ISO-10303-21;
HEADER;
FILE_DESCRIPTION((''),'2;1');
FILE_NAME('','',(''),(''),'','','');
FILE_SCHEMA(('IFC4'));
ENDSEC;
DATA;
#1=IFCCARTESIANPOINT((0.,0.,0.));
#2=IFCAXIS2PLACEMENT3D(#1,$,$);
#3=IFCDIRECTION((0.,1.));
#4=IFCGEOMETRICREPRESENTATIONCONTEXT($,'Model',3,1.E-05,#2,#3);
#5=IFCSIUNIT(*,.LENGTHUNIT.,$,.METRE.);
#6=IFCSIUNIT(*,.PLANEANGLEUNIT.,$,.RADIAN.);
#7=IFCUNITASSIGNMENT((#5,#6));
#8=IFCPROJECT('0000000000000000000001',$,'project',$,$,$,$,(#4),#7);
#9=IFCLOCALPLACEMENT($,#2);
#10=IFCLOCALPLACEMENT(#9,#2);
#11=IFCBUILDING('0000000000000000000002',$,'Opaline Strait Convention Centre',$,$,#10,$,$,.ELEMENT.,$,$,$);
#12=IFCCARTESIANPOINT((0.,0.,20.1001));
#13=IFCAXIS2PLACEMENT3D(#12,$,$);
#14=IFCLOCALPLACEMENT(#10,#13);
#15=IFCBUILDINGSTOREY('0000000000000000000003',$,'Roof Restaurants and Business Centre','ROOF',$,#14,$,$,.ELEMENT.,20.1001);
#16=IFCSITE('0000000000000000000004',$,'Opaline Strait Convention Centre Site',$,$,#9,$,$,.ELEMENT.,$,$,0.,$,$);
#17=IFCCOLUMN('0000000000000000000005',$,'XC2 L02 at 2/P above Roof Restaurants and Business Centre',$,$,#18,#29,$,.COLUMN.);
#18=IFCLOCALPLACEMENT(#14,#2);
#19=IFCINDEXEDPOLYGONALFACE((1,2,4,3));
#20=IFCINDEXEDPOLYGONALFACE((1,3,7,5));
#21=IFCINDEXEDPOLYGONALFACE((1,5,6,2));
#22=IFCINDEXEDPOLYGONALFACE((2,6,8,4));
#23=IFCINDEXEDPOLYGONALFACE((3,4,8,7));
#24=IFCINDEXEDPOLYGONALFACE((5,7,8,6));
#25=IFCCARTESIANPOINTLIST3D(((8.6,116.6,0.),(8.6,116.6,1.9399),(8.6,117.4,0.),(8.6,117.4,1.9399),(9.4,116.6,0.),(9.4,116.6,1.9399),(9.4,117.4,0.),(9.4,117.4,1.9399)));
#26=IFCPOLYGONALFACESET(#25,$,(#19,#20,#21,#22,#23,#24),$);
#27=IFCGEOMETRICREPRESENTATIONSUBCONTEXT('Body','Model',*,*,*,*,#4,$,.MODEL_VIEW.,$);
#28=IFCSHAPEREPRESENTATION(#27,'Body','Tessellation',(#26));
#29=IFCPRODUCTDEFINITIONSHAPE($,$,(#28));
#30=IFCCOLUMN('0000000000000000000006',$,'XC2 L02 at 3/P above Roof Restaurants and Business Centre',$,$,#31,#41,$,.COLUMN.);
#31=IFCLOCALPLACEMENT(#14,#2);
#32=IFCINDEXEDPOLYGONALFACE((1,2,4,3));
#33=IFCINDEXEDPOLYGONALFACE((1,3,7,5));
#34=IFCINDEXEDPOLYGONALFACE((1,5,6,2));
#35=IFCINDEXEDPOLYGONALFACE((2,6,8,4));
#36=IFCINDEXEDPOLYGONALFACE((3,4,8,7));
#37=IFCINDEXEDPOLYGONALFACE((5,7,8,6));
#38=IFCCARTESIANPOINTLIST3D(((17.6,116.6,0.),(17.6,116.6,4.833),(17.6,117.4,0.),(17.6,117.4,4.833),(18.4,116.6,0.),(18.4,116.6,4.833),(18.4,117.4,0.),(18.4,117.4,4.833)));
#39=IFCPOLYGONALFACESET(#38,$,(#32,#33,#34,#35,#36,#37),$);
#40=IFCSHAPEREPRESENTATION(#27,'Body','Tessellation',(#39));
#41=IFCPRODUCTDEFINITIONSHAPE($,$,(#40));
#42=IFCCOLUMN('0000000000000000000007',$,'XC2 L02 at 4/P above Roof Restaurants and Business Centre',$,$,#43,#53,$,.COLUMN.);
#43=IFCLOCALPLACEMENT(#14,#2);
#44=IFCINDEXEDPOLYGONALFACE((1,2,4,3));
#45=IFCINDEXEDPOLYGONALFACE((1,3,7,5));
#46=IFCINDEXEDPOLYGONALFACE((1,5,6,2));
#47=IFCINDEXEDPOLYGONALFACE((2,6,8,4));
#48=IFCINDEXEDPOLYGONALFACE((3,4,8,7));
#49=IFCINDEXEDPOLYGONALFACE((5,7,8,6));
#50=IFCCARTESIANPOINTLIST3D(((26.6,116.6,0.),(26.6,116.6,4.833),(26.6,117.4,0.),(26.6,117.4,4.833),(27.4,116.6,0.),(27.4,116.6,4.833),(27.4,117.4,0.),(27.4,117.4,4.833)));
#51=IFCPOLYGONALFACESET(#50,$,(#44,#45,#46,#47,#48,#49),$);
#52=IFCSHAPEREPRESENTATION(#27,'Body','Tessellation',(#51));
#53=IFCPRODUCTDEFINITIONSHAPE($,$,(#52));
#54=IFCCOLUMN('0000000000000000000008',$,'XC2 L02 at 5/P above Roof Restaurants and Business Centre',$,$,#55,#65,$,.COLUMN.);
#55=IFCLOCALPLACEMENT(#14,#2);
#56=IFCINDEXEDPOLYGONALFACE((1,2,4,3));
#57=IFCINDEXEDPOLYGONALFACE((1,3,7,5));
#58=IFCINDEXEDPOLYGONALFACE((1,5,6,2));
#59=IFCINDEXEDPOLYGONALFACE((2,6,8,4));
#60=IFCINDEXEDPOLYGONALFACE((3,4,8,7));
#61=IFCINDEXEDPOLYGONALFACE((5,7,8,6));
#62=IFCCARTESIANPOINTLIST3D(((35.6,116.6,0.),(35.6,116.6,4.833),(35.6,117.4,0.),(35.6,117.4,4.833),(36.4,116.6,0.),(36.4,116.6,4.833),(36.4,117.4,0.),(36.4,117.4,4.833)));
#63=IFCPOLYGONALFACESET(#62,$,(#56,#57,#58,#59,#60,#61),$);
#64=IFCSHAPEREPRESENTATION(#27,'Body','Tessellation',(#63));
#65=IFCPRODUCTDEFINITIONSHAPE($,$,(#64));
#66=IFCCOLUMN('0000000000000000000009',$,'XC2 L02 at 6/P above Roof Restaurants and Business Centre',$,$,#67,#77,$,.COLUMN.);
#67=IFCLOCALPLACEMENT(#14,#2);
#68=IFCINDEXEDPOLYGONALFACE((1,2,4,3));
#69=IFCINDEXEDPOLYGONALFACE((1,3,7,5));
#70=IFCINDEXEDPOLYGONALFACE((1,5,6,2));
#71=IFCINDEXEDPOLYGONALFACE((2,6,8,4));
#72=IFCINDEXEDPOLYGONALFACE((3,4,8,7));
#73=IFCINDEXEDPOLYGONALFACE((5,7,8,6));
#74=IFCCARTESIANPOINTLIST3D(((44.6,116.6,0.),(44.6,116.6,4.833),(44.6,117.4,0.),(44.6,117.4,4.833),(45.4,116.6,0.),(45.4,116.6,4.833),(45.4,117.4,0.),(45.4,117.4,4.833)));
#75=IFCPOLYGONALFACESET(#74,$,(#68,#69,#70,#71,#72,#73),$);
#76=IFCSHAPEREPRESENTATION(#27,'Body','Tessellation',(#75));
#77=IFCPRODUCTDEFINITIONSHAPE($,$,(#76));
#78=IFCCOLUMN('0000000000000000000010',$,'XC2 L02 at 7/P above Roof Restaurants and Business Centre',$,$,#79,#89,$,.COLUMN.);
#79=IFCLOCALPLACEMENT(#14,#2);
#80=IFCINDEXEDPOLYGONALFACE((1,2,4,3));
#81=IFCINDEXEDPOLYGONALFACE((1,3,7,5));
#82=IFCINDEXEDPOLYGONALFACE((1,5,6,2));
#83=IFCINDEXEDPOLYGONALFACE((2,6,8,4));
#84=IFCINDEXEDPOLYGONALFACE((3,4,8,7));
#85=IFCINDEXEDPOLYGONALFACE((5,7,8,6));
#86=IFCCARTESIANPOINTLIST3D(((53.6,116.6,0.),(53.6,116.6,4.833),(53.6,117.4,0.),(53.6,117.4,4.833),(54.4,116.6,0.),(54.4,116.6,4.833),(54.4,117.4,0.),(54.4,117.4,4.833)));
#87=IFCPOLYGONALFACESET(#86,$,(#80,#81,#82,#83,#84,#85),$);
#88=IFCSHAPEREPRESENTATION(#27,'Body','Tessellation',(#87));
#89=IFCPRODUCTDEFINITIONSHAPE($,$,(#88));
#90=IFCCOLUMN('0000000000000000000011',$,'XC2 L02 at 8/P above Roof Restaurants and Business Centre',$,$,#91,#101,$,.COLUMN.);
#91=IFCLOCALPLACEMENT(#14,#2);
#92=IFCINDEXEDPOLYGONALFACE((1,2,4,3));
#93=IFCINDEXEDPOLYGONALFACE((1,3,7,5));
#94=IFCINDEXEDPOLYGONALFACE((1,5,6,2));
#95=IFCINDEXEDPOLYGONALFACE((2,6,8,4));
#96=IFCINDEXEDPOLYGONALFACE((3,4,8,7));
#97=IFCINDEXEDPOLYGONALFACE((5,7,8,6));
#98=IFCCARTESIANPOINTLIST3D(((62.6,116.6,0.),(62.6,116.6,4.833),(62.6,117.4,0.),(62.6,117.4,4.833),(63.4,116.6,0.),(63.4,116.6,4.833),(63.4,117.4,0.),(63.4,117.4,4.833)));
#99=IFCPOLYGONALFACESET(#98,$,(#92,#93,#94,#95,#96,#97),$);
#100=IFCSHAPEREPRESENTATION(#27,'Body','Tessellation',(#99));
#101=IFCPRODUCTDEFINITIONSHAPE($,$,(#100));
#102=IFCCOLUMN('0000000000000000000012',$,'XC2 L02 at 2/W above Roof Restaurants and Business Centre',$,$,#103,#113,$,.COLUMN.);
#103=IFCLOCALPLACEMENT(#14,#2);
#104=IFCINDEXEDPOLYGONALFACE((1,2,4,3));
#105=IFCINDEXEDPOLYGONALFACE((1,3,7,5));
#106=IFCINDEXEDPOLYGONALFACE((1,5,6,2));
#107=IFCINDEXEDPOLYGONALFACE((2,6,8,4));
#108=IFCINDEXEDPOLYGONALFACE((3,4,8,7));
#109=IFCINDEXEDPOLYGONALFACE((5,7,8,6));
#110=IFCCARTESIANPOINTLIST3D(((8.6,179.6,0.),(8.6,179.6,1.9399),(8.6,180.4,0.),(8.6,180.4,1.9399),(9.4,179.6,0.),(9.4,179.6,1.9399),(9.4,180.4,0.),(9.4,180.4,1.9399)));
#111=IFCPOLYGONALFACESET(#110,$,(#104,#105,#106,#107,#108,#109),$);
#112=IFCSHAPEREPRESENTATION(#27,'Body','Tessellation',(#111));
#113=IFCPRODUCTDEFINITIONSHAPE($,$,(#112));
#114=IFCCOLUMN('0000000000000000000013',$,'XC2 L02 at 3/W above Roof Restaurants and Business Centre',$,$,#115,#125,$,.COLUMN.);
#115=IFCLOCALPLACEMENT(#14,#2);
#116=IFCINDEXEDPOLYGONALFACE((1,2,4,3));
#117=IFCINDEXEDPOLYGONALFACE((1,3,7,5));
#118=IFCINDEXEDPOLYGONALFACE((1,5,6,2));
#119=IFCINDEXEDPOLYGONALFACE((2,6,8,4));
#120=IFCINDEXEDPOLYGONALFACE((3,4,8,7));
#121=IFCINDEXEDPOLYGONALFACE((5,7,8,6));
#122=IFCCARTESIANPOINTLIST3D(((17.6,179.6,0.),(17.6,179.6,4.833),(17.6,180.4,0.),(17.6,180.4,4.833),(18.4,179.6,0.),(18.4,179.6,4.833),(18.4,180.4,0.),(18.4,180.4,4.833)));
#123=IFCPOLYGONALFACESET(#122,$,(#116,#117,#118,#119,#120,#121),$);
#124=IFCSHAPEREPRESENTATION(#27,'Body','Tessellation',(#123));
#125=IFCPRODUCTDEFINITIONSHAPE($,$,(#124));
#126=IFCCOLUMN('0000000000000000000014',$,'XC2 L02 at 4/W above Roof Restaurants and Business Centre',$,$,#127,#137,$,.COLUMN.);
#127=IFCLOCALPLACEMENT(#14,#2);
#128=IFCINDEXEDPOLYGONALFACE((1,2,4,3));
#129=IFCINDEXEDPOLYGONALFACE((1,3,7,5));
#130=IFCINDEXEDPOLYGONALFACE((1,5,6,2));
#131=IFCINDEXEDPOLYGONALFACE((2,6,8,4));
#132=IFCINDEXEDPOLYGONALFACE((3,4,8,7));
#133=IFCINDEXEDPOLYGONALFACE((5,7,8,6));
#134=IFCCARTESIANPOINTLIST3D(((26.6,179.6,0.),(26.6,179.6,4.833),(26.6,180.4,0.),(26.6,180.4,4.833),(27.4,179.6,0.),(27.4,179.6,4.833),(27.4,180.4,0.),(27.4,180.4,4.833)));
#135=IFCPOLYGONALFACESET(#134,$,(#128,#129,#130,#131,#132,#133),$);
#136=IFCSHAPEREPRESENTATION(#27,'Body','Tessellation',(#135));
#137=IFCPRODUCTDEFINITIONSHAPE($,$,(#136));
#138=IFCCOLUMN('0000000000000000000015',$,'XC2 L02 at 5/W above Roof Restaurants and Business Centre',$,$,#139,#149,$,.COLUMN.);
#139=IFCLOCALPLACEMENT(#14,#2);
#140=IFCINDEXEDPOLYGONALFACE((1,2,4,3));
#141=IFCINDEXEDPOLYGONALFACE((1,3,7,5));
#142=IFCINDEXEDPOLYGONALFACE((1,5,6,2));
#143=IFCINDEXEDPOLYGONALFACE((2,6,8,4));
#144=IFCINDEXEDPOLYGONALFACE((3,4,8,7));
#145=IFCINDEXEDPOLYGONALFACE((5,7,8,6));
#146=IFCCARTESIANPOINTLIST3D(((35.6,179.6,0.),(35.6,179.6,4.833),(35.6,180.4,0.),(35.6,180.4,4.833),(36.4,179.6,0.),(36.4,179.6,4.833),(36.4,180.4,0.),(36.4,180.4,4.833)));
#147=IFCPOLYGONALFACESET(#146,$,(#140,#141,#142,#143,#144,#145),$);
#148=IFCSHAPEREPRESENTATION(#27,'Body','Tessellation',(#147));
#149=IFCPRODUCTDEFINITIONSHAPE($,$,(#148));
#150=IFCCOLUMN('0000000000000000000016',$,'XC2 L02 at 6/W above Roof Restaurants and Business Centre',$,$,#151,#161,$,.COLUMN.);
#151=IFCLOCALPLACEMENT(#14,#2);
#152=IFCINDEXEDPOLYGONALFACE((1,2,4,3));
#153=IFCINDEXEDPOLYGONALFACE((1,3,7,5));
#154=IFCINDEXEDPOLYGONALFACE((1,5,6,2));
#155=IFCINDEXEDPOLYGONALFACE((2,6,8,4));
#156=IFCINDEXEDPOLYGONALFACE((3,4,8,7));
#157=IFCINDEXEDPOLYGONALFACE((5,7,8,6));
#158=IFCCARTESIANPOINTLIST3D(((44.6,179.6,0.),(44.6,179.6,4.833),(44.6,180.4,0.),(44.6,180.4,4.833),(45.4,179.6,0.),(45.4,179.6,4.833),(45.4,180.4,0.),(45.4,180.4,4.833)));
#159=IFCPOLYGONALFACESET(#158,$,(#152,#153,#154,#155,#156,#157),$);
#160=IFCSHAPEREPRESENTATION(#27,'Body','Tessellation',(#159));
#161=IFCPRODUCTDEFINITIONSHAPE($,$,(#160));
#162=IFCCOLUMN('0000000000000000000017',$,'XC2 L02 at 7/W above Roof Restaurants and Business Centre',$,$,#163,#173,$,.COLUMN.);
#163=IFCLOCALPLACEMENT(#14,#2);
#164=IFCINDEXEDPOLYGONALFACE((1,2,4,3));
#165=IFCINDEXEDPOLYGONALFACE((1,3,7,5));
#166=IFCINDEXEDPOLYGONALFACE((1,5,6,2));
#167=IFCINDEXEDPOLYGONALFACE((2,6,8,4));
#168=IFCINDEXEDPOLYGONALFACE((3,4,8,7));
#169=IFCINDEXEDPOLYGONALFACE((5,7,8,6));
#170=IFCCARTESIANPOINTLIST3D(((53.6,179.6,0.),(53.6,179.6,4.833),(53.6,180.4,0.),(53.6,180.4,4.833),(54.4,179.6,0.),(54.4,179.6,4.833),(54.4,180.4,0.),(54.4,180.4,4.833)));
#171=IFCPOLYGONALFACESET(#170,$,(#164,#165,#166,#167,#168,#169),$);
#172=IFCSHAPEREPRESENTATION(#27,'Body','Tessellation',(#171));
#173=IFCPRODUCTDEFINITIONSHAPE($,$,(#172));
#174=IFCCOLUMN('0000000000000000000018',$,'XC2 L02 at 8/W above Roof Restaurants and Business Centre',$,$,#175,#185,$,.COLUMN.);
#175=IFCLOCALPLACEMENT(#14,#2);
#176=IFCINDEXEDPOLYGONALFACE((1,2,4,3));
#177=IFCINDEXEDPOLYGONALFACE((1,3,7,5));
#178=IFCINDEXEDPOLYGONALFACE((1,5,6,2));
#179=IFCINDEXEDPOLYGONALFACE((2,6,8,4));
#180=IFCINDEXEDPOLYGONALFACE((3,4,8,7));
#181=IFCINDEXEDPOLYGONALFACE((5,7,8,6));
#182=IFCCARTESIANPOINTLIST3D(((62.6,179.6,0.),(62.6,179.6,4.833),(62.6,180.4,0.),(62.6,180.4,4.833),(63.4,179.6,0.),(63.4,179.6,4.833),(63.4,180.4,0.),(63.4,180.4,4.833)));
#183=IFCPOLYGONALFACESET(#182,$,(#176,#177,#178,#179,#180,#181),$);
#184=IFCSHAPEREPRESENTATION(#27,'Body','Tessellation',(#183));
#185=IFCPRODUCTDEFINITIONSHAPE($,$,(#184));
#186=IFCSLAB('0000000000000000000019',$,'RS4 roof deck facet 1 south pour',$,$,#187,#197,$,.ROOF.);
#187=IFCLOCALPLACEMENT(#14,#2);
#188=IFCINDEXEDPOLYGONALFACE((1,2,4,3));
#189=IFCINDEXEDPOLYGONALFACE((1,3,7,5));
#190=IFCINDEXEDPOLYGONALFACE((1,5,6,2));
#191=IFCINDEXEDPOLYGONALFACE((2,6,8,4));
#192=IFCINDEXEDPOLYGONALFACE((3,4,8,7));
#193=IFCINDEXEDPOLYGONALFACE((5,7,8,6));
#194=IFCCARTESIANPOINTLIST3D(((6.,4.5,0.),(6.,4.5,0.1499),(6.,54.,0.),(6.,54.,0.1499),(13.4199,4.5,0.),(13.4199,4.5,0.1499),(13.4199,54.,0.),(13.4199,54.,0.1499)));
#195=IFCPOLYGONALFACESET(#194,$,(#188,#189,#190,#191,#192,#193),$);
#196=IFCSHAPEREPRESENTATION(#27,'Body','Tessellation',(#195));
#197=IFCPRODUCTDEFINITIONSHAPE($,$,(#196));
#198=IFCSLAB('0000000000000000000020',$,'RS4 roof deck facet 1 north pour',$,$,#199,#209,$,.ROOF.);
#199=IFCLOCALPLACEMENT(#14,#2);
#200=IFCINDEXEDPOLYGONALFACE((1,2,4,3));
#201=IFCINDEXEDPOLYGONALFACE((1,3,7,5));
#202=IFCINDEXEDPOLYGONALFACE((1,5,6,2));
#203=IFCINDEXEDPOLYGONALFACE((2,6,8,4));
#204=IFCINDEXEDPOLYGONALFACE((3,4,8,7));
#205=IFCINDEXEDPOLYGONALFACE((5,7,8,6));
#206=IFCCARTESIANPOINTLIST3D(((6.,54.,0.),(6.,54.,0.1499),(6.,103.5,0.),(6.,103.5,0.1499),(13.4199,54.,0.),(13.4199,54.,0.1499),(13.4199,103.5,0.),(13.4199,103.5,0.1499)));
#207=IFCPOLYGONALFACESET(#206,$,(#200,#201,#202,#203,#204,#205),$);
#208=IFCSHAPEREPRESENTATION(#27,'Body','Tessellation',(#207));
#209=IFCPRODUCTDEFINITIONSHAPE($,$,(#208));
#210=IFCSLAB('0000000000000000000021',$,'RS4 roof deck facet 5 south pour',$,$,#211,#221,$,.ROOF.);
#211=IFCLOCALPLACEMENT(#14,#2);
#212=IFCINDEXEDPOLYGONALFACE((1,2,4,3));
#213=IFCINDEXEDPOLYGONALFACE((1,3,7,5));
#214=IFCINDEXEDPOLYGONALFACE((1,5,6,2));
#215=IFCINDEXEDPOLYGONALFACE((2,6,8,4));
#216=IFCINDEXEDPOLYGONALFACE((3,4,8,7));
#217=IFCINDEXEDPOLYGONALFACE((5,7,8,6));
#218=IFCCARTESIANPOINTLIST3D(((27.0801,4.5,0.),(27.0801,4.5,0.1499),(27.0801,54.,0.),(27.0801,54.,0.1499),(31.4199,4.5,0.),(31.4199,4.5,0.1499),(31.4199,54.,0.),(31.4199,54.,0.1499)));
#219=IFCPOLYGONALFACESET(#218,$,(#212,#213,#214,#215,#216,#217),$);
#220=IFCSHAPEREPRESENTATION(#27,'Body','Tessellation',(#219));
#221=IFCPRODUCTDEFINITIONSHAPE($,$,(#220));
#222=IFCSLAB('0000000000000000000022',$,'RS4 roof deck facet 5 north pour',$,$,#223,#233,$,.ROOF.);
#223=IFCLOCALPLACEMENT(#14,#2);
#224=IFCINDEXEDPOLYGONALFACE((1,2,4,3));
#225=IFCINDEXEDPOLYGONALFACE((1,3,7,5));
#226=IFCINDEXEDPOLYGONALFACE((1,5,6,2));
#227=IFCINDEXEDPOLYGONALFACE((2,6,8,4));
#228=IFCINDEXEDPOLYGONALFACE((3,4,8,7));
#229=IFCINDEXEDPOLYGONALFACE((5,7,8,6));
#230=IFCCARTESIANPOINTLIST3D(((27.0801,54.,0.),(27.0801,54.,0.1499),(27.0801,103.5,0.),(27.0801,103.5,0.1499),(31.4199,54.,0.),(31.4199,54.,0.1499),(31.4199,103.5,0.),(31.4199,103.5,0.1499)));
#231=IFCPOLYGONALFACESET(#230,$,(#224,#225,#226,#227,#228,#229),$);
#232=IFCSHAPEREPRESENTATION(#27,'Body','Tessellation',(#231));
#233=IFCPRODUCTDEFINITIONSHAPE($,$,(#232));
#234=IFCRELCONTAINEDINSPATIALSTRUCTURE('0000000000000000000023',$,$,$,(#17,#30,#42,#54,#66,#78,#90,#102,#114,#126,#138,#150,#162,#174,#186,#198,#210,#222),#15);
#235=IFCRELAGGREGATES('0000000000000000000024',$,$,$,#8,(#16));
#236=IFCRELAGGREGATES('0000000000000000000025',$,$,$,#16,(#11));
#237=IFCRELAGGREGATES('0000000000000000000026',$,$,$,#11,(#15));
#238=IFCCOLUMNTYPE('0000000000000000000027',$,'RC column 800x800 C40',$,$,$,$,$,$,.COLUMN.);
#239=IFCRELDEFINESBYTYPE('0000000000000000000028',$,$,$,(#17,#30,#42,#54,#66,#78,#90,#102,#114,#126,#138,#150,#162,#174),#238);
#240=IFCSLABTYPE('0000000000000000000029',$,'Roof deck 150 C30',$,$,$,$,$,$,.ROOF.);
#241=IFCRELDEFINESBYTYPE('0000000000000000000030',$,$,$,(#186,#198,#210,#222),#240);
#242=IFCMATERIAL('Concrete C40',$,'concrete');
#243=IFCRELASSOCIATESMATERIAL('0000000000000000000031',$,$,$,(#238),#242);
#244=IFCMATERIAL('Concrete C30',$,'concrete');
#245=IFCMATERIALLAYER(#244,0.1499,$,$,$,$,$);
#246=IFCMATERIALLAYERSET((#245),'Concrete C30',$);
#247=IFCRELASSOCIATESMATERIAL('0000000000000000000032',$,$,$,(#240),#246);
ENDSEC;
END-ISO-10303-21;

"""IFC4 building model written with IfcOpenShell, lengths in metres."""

from ifc_helpers import new_model, si_unit, direction, frame, origin, origin_2d, place, context, subcontext, project, spatial, polyline, rectangle, outline, extrude, material, layer, layer_set, material_profile, profile_set, type_object, element, save


model = new_model("IFC4")

# Units and contexts
model_context = context("Model", 3, precision=1e-05, world=origin(), true_north=direction((0.0, 1.0)))
body_context = subcontext(model_context, "Body", "Model", "MODEL_VIEW")
ifc_project = project(units=[si_unit("LENGTHUNIT", "METRE"), si_unit("PLANEANGLEUNIT", "RADIAN")], contexts=[model_context])

# Site, building, storey
site_placement = place(None, origin())
site = spatial("IfcSite", under=ifc_project, at=site_placement, Name="Opaline Strait Convention Centre Site", CompositionType="ELEMENT", RefElevation=0.0)
building_placement = place(site_placement, origin())
building = spatial("IfcBuilding", under=site, at=building_placement, Name="Opaline Strait Convention Centre", CompositionType="ELEMENT")
storey_placement = place(building_placement, frame((0.0, 0.0, 20.1001)))
storey = spatial("IfcBuildingStorey", under=building, at=storey_placement, Name="Roof Restaurants and Business Centre", Description="ROOF", CompositionType="ELEMENT", Elevation=20.1001)

# Columns
ifc_material_1 = material(Name="Concrete C40", Category="concrete")
ifc_material_profile = material_profile(ifc_material_1, rectangle(XDim=0.8, YDim=0.8, at=origin_2d()), Name="RC 800x800")
ifc_profile_set = profile_set([ifc_material_profile], Name="Concrete C40")
column_type = type_object("IfcColumnType", Name="RC column 800x800 C40", PredefinedType="COLUMN", material=ifc_profile_set)
column_1_placement = place(storey_placement, frame((9.0, 117.0, 0.0), z_axis=(0.0, 0.0, 1.0), x_axis=(1.0, 0.0, 0.0)))
element("IfcColumn", 1, at=column_1_placement, inside=storey, type_object=column_type, Name="XC2 L02 at 2/P above Roof Restaurants and Business Centre", PredefinedType="COLUMN", context=body_context, shape_type="SweptSolid", body=[
    extrude(rectangle(XDim=0.8, YDim=0.8, at=origin_2d()), origin(), (0.0, 0.0, 1.0), 1.9399),
])
for number, where, z_axis, x_axis, name in (
    (2, (18.0, 117.0, 0.0), (0.0, 0.0, 1.0), (1.0, 0.0, 0.0), "XC2 L02 at 3/P above Roof Restaurants and Business Centre"),
    (3, (27.0, 117.0, 0.0), (0.0, 0.0, 1.0), (1.0, 0.0, 0.0), "XC2 L02 at 4/P above Roof Restaurants and Business Centre"),
    (4, (36.0, 117.0, 0.0), (0.0, 0.0, 1.0), (1.0, 0.0, 0.0), "XC2 L02 at 5/P above Roof Restaurants and Business Centre"),
    (5, (45.0, 117.0, 0.0), (0.0, 0.0, 1.0), (1.0, 0.0, 0.0), "XC2 L02 at 6/P above Roof Restaurants and Business Centre"),
    (6, (54.0, 117.0, 0.0), (0.0, 0.0, 1.0), (1.0, 0.0, 0.0), "XC2 L02 at 7/P above Roof Restaurants and Business Centre"),
    (7, (63.0, 117.0, 0.0), (0.0, 0.0, 1.0), (1.0, 0.0, 0.0), "XC2 L02 at 8/P above Roof Restaurants and Business Centre"),
):
    element("IfcColumn", number, at=place(storey_placement, frame(where, z_axis=z_axis, x_axis=x_axis)), inside=storey, type_object=column_type, Name=name, PredefinedType="COLUMN", context=body_context, shape_type="SweptSolid", body=[
        extrude(rectangle(XDim=0.8, YDim=0.8, at=origin_2d()), origin(), (0.0, 0.0, 1.0), 4.833),
    ])
column_2_placement = place(storey_placement, frame((9.0, 180.0, 0.0), z_axis=(0.0, 0.0, 1.0), x_axis=(1.0, 0.0, 0.0)))
element("IfcColumn", 8, at=column_2_placement, inside=storey, type_object=column_type, Name="XC2 L02 at 2/W above Roof Restaurants and Business Centre", PredefinedType="COLUMN", context=body_context, shape_type="SweptSolid", body=[
    extrude(rectangle(XDim=0.8, YDim=0.8, at=origin_2d()), origin(), (0.0, 0.0, 1.0), 1.9399),
])
for number, where, z_axis, x_axis, name in (
    (9, (18.0, 180.0, 0.0), (0.0, 0.0, 1.0), (1.0, 0.0, 0.0), "XC2 L02 at 3/W above Roof Restaurants and Business Centre"),
    (10, (27.0, 180.0, 0.0), (0.0, 0.0, 1.0), (1.0, 0.0, 0.0), "XC2 L02 at 4/W above Roof Restaurants and Business Centre"),
    (11, (36.0, 180.0, 0.0), (0.0, 0.0, 1.0), (1.0, 0.0, 0.0), "XC2 L02 at 5/W above Roof Restaurants and Business Centre"),
    (12, (45.0, 180.0, 0.0), (0.0, 0.0, 1.0), (1.0, 0.0, 0.0), "XC2 L02 at 6/W above Roof Restaurants and Business Centre"),
    (13, (54.0, 180.0, 0.0), (0.0, 0.0, 1.0), (1.0, 0.0, 0.0), "XC2 L02 at 7/W above Roof Restaurants and Business Centre"),
    (14, (63.0, 180.0, 0.0), (0.0, 0.0, 1.0), (1.0, 0.0, 0.0), "XC2 L02 at 8/W above Roof Restaurants and Business Centre"),
):
    element("IfcColumn", number, at=place(storey_placement, frame(where, z_axis=z_axis, x_axis=x_axis)), inside=storey, type_object=column_type, Name=name, PredefinedType="COLUMN", context=body_context, shape_type="SweptSolid", body=[
        extrude(rectangle(XDim=0.8, YDim=0.8, at=origin_2d()), origin(), (0.0, 0.0, 1.0), 4.833),
    ])

# Slabs
ifc_material_2 = material(Name="Concrete C30", Category="concrete")
ifc_layer_1 = layer(ifc_material_2, 0.1499)
ifc_layer_set_1 = layer_set([ifc_layer_1], Name="Concrete C30")
slab_type = type_object("IfcSlabType", Name="Roof deck 150 C30", PredefinedType="ROOF", material=ifc_layer_set_1)
for number, where, z_axis, x_axis, name in (
    (15, (6.0, 4.5, 0.1499), (0.0, 0.0, 1.0), (1.0, 0.0, 0.0), "RS4 roof deck facet 1 south pour"),
    (16, (6.0, 54.0, 0.1499), (0.0, 0.0, 1.0), (1.0, 0.0, 0.0), "RS4 roof deck facet 1 north pour"),
):
    element("IfcSlab", number, at=place(storey_placement, frame(where, z_axis=z_axis, x_axis=x_axis)), inside=storey, type_object=slab_type, Name=name, PredefinedType="ROOF", context=body_context, shape_type="SweptSolid", body=[
        extrude(outline(polyline([(0.0, 0.0), (7.4199, 0.0), (7.4199, 49.5), (0.0, 49.5), (0.0, 0.0)])), origin(), (0.0, 0.0, -1.0), 0.1499),
    ])
for number, where, z_axis, x_axis, name in (
    (17, (27.0801, 4.5, 0.1499), (0.0, 0.0, 1.0), (1.0, 0.0, 0.0), "RS4 roof deck facet 5 south pour"),
    (18, (27.0801, 54.0, 0.1499), (0.0, 0.0, 1.0), (1.0, 0.0, 0.0), "RS4 roof deck facet 5 north pour"),
):
    element("IfcSlab", number, at=place(storey_placement, frame(where, z_axis=z_axis, x_axis=x_axis)), inside=storey, type_object=slab_type, Name=name, PredefinedType="ROOF", context=body_context, shape_type="SweptSolid", body=[
        extrude(outline(polyline([(0.0, 0.0), (4.3398, 0.0), (4.3398, 49.5), (0.0, 49.5), (0.0, 0.0)])), origin(), (0.0, 0.0, -1.0), 0.1499),
    ])

save(model, "model.ifc")
